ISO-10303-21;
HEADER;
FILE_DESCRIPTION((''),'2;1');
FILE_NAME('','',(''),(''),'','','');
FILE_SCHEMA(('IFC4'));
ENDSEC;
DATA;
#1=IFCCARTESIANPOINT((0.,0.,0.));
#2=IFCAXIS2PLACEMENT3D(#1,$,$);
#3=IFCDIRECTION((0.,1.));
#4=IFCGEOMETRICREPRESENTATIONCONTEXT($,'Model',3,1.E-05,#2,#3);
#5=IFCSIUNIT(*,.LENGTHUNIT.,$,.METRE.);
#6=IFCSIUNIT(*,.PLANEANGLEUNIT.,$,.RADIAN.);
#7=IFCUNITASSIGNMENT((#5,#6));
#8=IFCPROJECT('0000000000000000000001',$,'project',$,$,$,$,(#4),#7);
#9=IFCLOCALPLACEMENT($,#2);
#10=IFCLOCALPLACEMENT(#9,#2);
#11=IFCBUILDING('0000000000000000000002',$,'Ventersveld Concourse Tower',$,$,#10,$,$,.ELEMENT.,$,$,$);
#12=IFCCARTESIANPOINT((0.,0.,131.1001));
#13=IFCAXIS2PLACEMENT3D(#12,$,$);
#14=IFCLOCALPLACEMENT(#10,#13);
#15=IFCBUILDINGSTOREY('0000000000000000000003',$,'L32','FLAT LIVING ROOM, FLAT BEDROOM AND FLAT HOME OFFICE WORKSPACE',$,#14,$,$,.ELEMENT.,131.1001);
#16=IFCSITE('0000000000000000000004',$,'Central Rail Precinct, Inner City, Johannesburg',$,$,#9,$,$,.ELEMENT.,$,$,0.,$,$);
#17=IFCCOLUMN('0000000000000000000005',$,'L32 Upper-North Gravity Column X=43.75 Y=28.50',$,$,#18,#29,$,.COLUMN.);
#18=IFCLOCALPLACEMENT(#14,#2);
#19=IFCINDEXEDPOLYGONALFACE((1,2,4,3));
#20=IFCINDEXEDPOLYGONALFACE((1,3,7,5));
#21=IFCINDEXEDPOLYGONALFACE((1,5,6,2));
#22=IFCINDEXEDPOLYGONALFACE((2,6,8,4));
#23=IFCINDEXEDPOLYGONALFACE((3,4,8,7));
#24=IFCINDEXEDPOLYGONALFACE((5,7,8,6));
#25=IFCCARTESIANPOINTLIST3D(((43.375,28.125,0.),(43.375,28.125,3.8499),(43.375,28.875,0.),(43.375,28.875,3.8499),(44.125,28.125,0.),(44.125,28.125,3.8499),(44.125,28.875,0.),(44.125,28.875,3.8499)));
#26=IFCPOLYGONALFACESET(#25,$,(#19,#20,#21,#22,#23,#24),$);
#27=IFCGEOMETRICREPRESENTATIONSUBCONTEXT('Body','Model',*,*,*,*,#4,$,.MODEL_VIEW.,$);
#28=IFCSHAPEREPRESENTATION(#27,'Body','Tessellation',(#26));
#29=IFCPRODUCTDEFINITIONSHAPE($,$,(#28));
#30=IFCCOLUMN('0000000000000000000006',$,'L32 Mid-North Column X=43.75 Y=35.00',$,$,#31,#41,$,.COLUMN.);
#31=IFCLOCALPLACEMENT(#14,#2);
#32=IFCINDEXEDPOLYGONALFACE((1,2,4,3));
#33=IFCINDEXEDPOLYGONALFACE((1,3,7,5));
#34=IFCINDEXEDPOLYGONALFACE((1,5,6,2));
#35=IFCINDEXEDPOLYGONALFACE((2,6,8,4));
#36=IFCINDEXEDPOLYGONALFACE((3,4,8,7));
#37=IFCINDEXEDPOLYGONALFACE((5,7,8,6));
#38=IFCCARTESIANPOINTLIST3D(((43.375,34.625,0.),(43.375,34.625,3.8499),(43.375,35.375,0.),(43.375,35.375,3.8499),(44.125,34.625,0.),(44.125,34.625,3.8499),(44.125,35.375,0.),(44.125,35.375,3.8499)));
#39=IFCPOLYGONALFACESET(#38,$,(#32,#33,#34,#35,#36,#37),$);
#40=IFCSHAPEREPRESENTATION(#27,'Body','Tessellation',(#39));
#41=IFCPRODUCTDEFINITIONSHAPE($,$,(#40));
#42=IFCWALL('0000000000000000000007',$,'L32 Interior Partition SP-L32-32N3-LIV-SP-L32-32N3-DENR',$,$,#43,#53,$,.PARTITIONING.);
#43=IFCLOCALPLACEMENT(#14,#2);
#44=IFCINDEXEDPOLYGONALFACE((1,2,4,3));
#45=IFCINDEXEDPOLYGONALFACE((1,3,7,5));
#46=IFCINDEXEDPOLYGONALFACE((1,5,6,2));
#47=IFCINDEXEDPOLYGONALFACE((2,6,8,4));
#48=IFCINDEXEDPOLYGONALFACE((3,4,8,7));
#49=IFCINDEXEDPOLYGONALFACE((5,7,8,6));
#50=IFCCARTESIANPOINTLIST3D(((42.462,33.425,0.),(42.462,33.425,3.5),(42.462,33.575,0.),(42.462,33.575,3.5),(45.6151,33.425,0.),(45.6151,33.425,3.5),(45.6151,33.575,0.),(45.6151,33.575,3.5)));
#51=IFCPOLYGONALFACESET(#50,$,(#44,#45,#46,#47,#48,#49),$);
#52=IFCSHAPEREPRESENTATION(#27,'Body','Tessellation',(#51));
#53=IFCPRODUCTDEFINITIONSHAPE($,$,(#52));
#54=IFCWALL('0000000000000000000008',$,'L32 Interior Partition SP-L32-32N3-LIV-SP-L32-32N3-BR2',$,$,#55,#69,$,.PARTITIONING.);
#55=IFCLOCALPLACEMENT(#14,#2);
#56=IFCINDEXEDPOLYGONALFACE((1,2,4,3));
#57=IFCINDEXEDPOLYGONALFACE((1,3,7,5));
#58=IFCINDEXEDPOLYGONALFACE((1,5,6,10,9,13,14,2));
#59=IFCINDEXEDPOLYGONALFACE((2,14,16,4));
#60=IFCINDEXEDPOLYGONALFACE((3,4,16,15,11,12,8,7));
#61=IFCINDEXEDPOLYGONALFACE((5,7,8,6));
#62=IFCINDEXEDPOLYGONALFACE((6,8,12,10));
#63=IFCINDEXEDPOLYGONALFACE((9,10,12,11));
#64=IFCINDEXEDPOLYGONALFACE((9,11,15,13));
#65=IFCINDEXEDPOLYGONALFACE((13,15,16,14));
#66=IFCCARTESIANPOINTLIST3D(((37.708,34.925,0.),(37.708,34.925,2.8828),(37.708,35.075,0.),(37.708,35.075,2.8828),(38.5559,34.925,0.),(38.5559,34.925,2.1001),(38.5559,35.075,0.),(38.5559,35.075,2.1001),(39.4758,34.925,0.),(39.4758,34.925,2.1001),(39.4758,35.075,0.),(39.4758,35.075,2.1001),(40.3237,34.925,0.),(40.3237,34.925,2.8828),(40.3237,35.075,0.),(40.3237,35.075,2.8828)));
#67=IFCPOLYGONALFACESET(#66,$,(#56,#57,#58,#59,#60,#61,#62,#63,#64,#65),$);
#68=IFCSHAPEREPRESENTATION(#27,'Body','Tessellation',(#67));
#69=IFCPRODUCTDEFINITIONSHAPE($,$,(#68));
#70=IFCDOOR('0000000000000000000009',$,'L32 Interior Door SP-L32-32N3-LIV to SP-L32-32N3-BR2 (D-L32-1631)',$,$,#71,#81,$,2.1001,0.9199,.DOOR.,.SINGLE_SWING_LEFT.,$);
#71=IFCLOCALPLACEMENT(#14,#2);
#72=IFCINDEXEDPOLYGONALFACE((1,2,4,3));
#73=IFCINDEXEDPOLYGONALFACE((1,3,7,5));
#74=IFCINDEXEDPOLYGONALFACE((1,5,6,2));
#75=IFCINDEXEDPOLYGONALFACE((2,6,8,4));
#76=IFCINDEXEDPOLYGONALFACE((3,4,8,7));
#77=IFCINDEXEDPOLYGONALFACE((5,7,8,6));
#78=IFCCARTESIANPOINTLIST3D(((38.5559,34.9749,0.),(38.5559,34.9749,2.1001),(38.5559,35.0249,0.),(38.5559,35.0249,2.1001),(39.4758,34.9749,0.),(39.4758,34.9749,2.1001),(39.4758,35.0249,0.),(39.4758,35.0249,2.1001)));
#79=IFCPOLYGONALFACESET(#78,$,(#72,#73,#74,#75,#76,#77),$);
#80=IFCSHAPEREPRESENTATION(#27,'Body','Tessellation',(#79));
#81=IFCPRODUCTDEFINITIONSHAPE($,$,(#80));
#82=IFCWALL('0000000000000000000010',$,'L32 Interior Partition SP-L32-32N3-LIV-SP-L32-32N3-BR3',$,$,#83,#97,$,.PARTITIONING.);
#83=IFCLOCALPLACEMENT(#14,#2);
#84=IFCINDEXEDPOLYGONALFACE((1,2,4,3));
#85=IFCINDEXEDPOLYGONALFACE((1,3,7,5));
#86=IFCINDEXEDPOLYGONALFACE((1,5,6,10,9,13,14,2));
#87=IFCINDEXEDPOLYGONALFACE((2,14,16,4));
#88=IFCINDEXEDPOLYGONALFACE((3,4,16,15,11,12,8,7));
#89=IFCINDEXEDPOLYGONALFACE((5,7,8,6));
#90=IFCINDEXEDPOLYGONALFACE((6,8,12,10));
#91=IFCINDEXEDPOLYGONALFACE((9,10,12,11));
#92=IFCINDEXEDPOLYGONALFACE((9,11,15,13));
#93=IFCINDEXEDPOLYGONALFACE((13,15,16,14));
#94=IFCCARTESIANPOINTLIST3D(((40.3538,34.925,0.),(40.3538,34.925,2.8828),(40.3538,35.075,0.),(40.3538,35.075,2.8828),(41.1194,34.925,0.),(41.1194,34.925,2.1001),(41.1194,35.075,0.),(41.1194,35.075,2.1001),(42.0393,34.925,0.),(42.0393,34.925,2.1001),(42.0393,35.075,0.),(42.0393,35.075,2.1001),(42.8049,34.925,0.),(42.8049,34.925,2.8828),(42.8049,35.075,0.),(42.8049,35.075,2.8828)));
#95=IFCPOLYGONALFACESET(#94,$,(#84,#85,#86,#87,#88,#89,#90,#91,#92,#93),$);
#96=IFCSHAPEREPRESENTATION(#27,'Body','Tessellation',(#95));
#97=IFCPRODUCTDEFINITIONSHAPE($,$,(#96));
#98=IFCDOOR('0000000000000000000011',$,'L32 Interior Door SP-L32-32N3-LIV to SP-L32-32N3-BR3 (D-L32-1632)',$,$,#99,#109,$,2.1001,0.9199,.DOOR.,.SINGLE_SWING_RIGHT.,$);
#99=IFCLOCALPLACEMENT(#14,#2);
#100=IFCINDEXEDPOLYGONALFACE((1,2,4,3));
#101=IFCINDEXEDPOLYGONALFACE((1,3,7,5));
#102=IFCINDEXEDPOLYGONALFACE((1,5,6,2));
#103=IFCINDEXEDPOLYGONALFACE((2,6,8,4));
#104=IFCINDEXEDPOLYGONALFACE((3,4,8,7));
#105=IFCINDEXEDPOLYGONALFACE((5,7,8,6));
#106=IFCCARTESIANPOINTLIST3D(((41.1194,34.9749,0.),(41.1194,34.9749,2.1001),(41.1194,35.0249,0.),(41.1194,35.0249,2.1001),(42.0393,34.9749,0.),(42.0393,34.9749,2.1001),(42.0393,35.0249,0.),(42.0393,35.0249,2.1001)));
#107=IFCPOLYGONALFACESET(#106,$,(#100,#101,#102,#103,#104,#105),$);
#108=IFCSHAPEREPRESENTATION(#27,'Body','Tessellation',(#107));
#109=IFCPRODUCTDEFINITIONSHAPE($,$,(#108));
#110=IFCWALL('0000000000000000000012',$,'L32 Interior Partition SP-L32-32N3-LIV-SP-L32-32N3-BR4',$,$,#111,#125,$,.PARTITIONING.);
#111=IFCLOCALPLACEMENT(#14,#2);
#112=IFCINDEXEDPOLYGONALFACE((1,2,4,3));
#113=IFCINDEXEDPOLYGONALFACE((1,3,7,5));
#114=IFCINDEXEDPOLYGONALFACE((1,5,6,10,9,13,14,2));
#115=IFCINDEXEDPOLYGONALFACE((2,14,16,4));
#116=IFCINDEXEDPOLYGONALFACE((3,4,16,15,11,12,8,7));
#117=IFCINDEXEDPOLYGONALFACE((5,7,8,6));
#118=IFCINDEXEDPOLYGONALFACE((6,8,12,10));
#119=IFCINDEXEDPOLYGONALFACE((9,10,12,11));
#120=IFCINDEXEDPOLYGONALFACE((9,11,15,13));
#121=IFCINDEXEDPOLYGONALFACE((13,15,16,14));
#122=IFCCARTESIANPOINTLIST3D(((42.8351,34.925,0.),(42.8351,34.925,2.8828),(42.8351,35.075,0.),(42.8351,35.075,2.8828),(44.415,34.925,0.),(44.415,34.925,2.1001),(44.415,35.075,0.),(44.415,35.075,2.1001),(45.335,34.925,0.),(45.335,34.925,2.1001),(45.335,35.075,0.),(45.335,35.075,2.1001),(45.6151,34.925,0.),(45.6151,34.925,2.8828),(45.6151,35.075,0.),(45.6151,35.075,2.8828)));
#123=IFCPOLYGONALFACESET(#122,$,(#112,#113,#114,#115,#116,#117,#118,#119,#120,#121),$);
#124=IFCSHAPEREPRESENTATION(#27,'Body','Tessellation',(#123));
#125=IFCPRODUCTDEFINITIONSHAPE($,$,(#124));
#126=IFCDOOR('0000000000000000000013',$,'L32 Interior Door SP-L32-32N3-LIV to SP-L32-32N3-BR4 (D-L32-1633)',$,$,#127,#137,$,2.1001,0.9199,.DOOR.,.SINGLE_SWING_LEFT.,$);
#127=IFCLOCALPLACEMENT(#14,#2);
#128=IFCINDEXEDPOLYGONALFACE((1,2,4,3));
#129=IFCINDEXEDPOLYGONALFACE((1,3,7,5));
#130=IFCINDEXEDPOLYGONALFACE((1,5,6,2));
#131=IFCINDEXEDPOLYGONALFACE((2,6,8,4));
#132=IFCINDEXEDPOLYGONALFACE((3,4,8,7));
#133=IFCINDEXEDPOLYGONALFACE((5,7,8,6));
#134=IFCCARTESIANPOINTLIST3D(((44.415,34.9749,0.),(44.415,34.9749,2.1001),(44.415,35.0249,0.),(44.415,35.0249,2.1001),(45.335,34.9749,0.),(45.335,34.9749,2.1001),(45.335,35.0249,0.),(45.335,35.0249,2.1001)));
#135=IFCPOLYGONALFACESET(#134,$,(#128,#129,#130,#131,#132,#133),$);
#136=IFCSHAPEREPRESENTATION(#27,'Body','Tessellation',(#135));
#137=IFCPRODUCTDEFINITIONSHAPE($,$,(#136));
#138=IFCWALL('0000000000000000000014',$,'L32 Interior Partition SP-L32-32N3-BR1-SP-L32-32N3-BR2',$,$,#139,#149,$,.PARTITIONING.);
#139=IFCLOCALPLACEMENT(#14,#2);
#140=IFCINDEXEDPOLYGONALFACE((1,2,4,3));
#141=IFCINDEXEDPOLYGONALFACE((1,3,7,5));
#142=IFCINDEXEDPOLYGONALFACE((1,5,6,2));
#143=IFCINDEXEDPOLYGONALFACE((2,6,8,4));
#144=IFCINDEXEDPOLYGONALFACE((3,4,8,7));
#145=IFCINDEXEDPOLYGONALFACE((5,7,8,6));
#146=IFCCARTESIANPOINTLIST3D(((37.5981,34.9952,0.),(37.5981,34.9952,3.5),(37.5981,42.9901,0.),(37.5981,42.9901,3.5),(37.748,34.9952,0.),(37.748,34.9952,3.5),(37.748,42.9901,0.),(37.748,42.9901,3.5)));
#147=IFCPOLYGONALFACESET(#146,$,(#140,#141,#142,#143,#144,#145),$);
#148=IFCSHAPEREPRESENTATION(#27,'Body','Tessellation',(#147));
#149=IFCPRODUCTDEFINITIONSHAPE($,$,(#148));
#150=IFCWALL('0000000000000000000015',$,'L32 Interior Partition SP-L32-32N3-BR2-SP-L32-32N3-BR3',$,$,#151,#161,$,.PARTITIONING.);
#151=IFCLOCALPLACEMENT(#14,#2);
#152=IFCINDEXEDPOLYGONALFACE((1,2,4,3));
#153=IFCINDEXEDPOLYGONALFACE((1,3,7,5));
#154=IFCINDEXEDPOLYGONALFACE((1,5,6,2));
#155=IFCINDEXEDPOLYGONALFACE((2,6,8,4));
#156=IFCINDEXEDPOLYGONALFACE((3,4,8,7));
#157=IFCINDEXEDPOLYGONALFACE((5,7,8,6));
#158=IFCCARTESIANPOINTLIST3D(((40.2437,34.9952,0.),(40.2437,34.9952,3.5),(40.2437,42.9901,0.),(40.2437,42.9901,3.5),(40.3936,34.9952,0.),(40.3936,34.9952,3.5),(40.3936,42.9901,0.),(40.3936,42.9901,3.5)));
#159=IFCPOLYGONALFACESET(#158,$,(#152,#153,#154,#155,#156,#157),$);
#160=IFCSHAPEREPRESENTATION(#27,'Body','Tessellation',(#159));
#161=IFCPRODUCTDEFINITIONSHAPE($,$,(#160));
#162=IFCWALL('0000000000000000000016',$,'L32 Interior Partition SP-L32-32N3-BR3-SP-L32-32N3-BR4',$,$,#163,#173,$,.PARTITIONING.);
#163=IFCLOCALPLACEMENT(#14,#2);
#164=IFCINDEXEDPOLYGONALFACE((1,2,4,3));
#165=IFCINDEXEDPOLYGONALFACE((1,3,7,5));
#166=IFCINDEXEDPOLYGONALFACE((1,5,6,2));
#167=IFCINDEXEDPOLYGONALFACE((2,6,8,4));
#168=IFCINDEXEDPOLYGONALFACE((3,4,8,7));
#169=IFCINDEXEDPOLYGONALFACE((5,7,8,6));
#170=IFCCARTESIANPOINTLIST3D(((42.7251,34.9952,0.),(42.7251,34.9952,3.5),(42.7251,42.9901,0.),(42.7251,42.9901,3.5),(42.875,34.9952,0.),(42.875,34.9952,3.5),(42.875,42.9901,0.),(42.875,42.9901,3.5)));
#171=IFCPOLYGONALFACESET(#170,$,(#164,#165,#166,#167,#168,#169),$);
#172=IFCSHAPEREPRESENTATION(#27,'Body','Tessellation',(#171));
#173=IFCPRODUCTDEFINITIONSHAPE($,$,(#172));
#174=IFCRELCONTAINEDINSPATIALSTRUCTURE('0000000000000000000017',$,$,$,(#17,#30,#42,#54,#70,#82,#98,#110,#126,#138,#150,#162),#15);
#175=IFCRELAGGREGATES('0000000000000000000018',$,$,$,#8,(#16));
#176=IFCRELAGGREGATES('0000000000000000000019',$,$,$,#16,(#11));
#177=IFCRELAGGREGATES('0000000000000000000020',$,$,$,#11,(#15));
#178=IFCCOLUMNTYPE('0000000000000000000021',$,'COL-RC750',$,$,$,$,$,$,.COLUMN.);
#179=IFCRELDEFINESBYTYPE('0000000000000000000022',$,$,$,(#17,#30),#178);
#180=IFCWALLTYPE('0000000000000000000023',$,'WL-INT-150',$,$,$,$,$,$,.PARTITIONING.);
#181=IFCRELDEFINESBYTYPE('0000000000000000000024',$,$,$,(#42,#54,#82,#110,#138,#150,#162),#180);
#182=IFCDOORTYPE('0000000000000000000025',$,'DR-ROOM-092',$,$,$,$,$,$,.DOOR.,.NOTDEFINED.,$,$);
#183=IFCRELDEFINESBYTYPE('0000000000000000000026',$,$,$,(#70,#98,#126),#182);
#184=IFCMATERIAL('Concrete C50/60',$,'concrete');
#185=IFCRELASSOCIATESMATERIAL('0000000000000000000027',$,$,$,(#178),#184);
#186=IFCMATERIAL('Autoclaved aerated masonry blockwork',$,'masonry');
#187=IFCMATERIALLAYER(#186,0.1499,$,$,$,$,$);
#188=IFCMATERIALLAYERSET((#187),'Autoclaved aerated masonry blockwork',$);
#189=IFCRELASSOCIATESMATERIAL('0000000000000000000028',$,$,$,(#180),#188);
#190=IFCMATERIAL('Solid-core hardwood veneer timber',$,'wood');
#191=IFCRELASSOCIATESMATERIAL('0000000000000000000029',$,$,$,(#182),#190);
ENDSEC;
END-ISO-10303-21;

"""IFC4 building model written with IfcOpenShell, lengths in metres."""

from ifc_helpers import new_model, si_unit, direction, frame, frame_2d, origin, origin_2d, place, context, subcontext, project, spatial, rectangle, extrude, material, layer, layer_set, material_profile, profile_set, type_object, element, fill, save


model = new_model("IFC4")

# Units and contexts
model_context = context("Model", 3, precision=1e-05, world=origin(), true_north=direction((0.0, 1.0)))
body_context = subcontext(model_context, "Body", "Model", "MODEL_VIEW")
ifc_project = project(units=[si_unit("LENGTHUNIT", "METRE"), si_unit("PLANEANGLEUNIT", "RADIAN")], contexts=[model_context])

# Site, building, storey
site_placement = place(None, origin())
site = spatial("IfcSite", under=ifc_project, at=site_placement, Name="Central Rail Precinct, Inner City, Johannesburg", CompositionType="ELEMENT", RefElevation=0.0)
building_placement = place(site_placement, origin())
building = spatial("IfcBuilding", under=site, at=building_placement, Name="Ventersveld Concourse Tower", CompositionType="ELEMENT")
storey_placement = place(building_placement, frame((0.0, 0.0, 131.1001)))
storey = spatial("IfcBuildingStorey", under=building, at=storey_placement, Name="L32", Description="FLAT LIVING ROOM, FLAT BEDROOM AND FLAT HOME OFFICE WORKSPACE", CompositionType="ELEMENT", Elevation=131.1001)

# Columns
ifc_material_1 = material(Name="Concrete C50/60", Category="concrete")
ifc_material_profile = material_profile(ifc_material_1, rectangle(XDim=0.75, YDim=0.75, at=origin_2d()), Name="RC 750x750")
ifc_profile_set = profile_set([ifc_material_profile], Name="Concrete C50/60")
column_type = type_object("IfcColumnType", Name="COL-RC750", PredefinedType="COLUMN", material=ifc_profile_set)
for number, where, z_axis, x_axis, name in (
    (1, (43.75, 28.5, 0.0), (0.0, 0.0, 1.0), (1.0, 0.0, 0.0), "L32 Upper-North Gravity Column X=43.75 Y=28.50"),
    (2, (43.75, 35.0, 0.0), (0.0, 0.0, 1.0), (1.0, 0.0, 0.0), "L32 Mid-North Column X=43.75 Y=35.00"),
):
    element("IfcColumn", number, at=place(storey_placement, frame(where, z_axis=z_axis, x_axis=x_axis)), inside=storey, type_object=column_type, Name=name, PredefinedType="COLUMN", context=body_context, shape_type="SweptSolid", body=[
        extrude(rectangle(XDim=0.75, YDim=0.75, at=origin_2d()), origin(), (0.0, 0.0, 1.0), 3.8499),
    ])

# Wall
ifc_material_2 = material(Name="Autoclaved aerated masonry blockwork", Category="masonry")
ifc_layer = layer(ifc_material_2, 0.1499)
ifc_layer_set = layer_set([ifc_layer], Name="Autoclaved aerated masonry blockwork")
wall_type = type_object("IfcWallType", Name="WL-INT-150", PredefinedType="PARTITIONING", material=ifc_layer_set)
wall_1_placement = place(storey_placement, frame((42.4619, 33.5, 0.0), z_axis=(0.0, 0.0, 1.0), x_axis=(1.0, 0.0, 0.0)))
element("IfcWall", 3, at=wall_1_placement, inside=storey, type_object=wall_type, Name="L32 Interior Partition SP-L32-32N3-LIV-SP-L32-32N3-DENR", PredefinedType="PARTITIONING", context=body_context, shape_type="SweptSolid", body=[
    extrude(rectangle(XDim=3.1531, YDim=0.1499, at=frame_2d((1.5767, 0.0))), origin(), (0.0, 0.0, 1.0), 3.5),
])

# Walls, openings, doors
wall_2_placement = place(storey_placement, frame((37.708, 35.0, 0.0), z_axis=(0.0, 0.0, 1.0), x_axis=(1.0, 0.0, 0.0)))
wall_2 = element("IfcWall", 4, at=wall_2_placement, inside=storey, type_object=wall_type, Name="L32 Interior Partition SP-L32-32N3-LIV-SP-L32-32N3-BR2", PredefinedType="PARTITIONING", context=body_context, shape_type="SweptSolid", body=[
    extrude(rectangle(XDim=2.6157, YDim=0.1499, at=frame_2d((1.3079, 0.0))), origin(), (0.0, 0.0, 1.0), 2.8828),
])
opening_1_placement = place(wall_2_placement, frame((0.8479, 0.0, 0.0)))
opening_1 = element("IfcOpeningElement", 5, at=opening_1_placement, cuts=wall_2, PredefinedType="OPENING", context=body_context, shape_type="SweptSolid", body=[
    extrude(rectangle(XDim=0.9199, YDim=2.1001, at=frame_2d((0.46, 1.05))), frame((0.0, 0.085, 0.0), z_axis=(0.0, -1.0, 0.0), x_axis=(1.0, 0.0, 0.0)), (0.0, 0.0, 1.0), 0.1699),
])
ifc_material_3 = material(Name="Solid-core hardwood veneer timber", Category="wood")
door_type = type_object("IfcDoorType", Name="DR-ROOM-092", OperationType="NOTDEFINED", PredefinedType="DOOR", material=ifc_material_3)
door_1_placement = place(opening_1_placement, origin())
door_1 = element("IfcDoor", 6, at=door_1_placement, inside=storey, type_object=door_type, Name="L32 Interior Door SP-L32-32N3-LIV to SP-L32-32N3-BR2 (D-L32-1631)", OperationType="SINGLE_SWING_LEFT", OverallHeight=2.1001, OverallWidth=0.9199, PredefinedType="DOOR", context=body_context, shape_type="SweptSolid", body=[
    extrude(rectangle(XDim=0.9199, YDim=2.1001, at=frame_2d((0.46, 1.05))), frame((0.0, 0.0249, 0.0), z_axis=(0.0, -1.0, 0.0), x_axis=(1.0, 0.0, 0.0)), (0.0, 0.0, 1.0), 0.05),
])
fill(opening_1, door_1)
wall_3_placement = place(storey_placement, frame((40.3538, 35.0, 0.0), z_axis=(0.0, 0.0, 1.0), x_axis=(1.0, 0.0, 0.0)))
wall_3 = element("IfcWall", 7, at=wall_3_placement, inside=storey, type_object=wall_type, Name="L32 Interior Partition SP-L32-32N3-LIV-SP-L32-32N3-BR3", PredefinedType="PARTITIONING", context=body_context, shape_type="SweptSolid", body=[
    extrude(rectangle(XDim=2.4512, YDim=0.1499, at=frame_2d((1.2256, 0.0))), origin(), (0.0, 0.0, 1.0), 2.8828),
])
opening_2_placement = place(wall_3_placement, frame((0.7656, 0.0, 0.0)))
opening_2 = element("IfcOpeningElement", 8, at=opening_2_placement, cuts=wall_3, PredefinedType="OPENING", context=body_context, shape_type="SweptSolid", body=[
    extrude(rectangle(XDim=0.9199, YDim=2.1001, at=frame_2d((0.46, 1.05))), frame((0.0, 0.085, 0.0), z_axis=(0.0, -1.0, 0.0), x_axis=(1.0, 0.0, 0.0)), (0.0, 0.0, 1.0), 0.1699),
])
door_2_placement = place(opening_2_placement, origin())
door_2 = element("IfcDoor", 9, at=door_2_placement, inside=storey, type_object=door_type, Name="L32 Interior Door SP-L32-32N3-LIV to SP-L32-32N3-BR3 (D-L32-1632)", OperationType="SINGLE_SWING_RIGHT", OverallHeight=2.1001, OverallWidth=0.9199, PredefinedType="DOOR", context=body_context, shape_type="SweptSolid", body=[
    extrude(rectangle(XDim=0.9199, YDim=2.1001, at=frame_2d((0.46, 1.05))), frame((0.0, 0.0249, 0.0), z_axis=(0.0, -1.0, 0.0), x_axis=(1.0, 0.0, 0.0)), (0.0, 0.0, 1.0), 0.05),
])
fill(opening_2, door_2)
wall_4_placement = place(storey_placement, frame((42.835, 35.0, 0.0), z_axis=(0.0, 0.0, 1.0), x_axis=(1.0, 0.0, 0.0)))
wall_4 = element("IfcWall", 10, at=wall_4_placement, inside=storey, type_object=wall_type, Name="L32 Interior Partition SP-L32-32N3-LIV-SP-L32-32N3-BR4", PredefinedType="PARTITIONING", context=body_context, shape_type="SweptSolid", body=[
    extrude(rectangle(XDim=2.78, YDim=0.1499, at=frame_2d((1.3901, 0.0))), origin(), (0.0, 0.0, 1.0), 2.8828),
])
opening_3_placement = place(wall_4_placement, frame((1.5801, 0.0, 0.0)))
opening_3 = element("IfcOpeningElement", 11, at=opening_3_placement, cuts=wall_4, PredefinedType="OPENING", context=body_context, shape_type="SweptSolid", body=[
    extrude(rectangle(XDim=0.9199, YDim=2.1001, at=frame_2d((0.46, 1.05))), frame((0.0, 0.085, 0.0), z_axis=(0.0, -1.0, 0.0), x_axis=(1.0, 0.0, 0.0)), (0.0, 0.0, 1.0), 0.1699),
])
door_3_placement = place(opening_3_placement, origin())
door_3 = element("IfcDoor", 12, at=door_3_placement, inside=storey, type_object=door_type, Name="L32 Interior Door SP-L32-32N3-LIV to SP-L32-32N3-BR4 (D-L32-1633)", OperationType="SINGLE_SWING_LEFT", OverallHeight=2.1001, OverallWidth=0.9199, PredefinedType="DOOR", context=body_context, shape_type="SweptSolid", body=[
    extrude(rectangle(XDim=0.9199, YDim=2.1001, at=frame_2d((0.46, 1.05))), frame((0.0, 0.0249, 0.0), z_axis=(0.0, -1.0, 0.0), x_axis=(1.0, 0.0, 0.0)), (0.0, 0.0, 1.0), 0.05),
])
fill(opening_3, door_3)

# Walls
for number, where, z_axis, x_axis, name in (
    (13, (37.6731, 34.9951, 0.0), (0.0, 0.0, 1.0), (0.0, 1.0, 0.0), "L32 Interior Partition SP-L32-32N3-BR1-SP-L32-32N3-BR2"),
    (14, (40.3186, 34.9951, 0.0), (0.0, 0.0, 1.0), (0.0, 1.0, 0.0), "L32 Interior Partition SP-L32-32N3-BR2-SP-L32-32N3-BR3"),
    (15, (42.8, 34.9951, 0.0), (0.0, 0.0, 1.0), (0.0, 1.0, 0.0), "L32 Interior Partition SP-L32-32N3-BR3-SP-L32-32N3-BR4"),
):
    element("IfcWall", number, at=place(storey_placement, frame(where, z_axis=z_axis, x_axis=x_axis)), inside=storey, type_object=wall_type, Name=name, PredefinedType="PARTITIONING", context=body_context, shape_type="SweptSolid", body=[
        extrude(rectangle(XDim=7.9949, YDim=0.1499, at=frame_2d((3.9976, 0.0))), origin(), (0.0, 0.0, 1.0), 3.5),
    ])

save(model, "model.ifc")
